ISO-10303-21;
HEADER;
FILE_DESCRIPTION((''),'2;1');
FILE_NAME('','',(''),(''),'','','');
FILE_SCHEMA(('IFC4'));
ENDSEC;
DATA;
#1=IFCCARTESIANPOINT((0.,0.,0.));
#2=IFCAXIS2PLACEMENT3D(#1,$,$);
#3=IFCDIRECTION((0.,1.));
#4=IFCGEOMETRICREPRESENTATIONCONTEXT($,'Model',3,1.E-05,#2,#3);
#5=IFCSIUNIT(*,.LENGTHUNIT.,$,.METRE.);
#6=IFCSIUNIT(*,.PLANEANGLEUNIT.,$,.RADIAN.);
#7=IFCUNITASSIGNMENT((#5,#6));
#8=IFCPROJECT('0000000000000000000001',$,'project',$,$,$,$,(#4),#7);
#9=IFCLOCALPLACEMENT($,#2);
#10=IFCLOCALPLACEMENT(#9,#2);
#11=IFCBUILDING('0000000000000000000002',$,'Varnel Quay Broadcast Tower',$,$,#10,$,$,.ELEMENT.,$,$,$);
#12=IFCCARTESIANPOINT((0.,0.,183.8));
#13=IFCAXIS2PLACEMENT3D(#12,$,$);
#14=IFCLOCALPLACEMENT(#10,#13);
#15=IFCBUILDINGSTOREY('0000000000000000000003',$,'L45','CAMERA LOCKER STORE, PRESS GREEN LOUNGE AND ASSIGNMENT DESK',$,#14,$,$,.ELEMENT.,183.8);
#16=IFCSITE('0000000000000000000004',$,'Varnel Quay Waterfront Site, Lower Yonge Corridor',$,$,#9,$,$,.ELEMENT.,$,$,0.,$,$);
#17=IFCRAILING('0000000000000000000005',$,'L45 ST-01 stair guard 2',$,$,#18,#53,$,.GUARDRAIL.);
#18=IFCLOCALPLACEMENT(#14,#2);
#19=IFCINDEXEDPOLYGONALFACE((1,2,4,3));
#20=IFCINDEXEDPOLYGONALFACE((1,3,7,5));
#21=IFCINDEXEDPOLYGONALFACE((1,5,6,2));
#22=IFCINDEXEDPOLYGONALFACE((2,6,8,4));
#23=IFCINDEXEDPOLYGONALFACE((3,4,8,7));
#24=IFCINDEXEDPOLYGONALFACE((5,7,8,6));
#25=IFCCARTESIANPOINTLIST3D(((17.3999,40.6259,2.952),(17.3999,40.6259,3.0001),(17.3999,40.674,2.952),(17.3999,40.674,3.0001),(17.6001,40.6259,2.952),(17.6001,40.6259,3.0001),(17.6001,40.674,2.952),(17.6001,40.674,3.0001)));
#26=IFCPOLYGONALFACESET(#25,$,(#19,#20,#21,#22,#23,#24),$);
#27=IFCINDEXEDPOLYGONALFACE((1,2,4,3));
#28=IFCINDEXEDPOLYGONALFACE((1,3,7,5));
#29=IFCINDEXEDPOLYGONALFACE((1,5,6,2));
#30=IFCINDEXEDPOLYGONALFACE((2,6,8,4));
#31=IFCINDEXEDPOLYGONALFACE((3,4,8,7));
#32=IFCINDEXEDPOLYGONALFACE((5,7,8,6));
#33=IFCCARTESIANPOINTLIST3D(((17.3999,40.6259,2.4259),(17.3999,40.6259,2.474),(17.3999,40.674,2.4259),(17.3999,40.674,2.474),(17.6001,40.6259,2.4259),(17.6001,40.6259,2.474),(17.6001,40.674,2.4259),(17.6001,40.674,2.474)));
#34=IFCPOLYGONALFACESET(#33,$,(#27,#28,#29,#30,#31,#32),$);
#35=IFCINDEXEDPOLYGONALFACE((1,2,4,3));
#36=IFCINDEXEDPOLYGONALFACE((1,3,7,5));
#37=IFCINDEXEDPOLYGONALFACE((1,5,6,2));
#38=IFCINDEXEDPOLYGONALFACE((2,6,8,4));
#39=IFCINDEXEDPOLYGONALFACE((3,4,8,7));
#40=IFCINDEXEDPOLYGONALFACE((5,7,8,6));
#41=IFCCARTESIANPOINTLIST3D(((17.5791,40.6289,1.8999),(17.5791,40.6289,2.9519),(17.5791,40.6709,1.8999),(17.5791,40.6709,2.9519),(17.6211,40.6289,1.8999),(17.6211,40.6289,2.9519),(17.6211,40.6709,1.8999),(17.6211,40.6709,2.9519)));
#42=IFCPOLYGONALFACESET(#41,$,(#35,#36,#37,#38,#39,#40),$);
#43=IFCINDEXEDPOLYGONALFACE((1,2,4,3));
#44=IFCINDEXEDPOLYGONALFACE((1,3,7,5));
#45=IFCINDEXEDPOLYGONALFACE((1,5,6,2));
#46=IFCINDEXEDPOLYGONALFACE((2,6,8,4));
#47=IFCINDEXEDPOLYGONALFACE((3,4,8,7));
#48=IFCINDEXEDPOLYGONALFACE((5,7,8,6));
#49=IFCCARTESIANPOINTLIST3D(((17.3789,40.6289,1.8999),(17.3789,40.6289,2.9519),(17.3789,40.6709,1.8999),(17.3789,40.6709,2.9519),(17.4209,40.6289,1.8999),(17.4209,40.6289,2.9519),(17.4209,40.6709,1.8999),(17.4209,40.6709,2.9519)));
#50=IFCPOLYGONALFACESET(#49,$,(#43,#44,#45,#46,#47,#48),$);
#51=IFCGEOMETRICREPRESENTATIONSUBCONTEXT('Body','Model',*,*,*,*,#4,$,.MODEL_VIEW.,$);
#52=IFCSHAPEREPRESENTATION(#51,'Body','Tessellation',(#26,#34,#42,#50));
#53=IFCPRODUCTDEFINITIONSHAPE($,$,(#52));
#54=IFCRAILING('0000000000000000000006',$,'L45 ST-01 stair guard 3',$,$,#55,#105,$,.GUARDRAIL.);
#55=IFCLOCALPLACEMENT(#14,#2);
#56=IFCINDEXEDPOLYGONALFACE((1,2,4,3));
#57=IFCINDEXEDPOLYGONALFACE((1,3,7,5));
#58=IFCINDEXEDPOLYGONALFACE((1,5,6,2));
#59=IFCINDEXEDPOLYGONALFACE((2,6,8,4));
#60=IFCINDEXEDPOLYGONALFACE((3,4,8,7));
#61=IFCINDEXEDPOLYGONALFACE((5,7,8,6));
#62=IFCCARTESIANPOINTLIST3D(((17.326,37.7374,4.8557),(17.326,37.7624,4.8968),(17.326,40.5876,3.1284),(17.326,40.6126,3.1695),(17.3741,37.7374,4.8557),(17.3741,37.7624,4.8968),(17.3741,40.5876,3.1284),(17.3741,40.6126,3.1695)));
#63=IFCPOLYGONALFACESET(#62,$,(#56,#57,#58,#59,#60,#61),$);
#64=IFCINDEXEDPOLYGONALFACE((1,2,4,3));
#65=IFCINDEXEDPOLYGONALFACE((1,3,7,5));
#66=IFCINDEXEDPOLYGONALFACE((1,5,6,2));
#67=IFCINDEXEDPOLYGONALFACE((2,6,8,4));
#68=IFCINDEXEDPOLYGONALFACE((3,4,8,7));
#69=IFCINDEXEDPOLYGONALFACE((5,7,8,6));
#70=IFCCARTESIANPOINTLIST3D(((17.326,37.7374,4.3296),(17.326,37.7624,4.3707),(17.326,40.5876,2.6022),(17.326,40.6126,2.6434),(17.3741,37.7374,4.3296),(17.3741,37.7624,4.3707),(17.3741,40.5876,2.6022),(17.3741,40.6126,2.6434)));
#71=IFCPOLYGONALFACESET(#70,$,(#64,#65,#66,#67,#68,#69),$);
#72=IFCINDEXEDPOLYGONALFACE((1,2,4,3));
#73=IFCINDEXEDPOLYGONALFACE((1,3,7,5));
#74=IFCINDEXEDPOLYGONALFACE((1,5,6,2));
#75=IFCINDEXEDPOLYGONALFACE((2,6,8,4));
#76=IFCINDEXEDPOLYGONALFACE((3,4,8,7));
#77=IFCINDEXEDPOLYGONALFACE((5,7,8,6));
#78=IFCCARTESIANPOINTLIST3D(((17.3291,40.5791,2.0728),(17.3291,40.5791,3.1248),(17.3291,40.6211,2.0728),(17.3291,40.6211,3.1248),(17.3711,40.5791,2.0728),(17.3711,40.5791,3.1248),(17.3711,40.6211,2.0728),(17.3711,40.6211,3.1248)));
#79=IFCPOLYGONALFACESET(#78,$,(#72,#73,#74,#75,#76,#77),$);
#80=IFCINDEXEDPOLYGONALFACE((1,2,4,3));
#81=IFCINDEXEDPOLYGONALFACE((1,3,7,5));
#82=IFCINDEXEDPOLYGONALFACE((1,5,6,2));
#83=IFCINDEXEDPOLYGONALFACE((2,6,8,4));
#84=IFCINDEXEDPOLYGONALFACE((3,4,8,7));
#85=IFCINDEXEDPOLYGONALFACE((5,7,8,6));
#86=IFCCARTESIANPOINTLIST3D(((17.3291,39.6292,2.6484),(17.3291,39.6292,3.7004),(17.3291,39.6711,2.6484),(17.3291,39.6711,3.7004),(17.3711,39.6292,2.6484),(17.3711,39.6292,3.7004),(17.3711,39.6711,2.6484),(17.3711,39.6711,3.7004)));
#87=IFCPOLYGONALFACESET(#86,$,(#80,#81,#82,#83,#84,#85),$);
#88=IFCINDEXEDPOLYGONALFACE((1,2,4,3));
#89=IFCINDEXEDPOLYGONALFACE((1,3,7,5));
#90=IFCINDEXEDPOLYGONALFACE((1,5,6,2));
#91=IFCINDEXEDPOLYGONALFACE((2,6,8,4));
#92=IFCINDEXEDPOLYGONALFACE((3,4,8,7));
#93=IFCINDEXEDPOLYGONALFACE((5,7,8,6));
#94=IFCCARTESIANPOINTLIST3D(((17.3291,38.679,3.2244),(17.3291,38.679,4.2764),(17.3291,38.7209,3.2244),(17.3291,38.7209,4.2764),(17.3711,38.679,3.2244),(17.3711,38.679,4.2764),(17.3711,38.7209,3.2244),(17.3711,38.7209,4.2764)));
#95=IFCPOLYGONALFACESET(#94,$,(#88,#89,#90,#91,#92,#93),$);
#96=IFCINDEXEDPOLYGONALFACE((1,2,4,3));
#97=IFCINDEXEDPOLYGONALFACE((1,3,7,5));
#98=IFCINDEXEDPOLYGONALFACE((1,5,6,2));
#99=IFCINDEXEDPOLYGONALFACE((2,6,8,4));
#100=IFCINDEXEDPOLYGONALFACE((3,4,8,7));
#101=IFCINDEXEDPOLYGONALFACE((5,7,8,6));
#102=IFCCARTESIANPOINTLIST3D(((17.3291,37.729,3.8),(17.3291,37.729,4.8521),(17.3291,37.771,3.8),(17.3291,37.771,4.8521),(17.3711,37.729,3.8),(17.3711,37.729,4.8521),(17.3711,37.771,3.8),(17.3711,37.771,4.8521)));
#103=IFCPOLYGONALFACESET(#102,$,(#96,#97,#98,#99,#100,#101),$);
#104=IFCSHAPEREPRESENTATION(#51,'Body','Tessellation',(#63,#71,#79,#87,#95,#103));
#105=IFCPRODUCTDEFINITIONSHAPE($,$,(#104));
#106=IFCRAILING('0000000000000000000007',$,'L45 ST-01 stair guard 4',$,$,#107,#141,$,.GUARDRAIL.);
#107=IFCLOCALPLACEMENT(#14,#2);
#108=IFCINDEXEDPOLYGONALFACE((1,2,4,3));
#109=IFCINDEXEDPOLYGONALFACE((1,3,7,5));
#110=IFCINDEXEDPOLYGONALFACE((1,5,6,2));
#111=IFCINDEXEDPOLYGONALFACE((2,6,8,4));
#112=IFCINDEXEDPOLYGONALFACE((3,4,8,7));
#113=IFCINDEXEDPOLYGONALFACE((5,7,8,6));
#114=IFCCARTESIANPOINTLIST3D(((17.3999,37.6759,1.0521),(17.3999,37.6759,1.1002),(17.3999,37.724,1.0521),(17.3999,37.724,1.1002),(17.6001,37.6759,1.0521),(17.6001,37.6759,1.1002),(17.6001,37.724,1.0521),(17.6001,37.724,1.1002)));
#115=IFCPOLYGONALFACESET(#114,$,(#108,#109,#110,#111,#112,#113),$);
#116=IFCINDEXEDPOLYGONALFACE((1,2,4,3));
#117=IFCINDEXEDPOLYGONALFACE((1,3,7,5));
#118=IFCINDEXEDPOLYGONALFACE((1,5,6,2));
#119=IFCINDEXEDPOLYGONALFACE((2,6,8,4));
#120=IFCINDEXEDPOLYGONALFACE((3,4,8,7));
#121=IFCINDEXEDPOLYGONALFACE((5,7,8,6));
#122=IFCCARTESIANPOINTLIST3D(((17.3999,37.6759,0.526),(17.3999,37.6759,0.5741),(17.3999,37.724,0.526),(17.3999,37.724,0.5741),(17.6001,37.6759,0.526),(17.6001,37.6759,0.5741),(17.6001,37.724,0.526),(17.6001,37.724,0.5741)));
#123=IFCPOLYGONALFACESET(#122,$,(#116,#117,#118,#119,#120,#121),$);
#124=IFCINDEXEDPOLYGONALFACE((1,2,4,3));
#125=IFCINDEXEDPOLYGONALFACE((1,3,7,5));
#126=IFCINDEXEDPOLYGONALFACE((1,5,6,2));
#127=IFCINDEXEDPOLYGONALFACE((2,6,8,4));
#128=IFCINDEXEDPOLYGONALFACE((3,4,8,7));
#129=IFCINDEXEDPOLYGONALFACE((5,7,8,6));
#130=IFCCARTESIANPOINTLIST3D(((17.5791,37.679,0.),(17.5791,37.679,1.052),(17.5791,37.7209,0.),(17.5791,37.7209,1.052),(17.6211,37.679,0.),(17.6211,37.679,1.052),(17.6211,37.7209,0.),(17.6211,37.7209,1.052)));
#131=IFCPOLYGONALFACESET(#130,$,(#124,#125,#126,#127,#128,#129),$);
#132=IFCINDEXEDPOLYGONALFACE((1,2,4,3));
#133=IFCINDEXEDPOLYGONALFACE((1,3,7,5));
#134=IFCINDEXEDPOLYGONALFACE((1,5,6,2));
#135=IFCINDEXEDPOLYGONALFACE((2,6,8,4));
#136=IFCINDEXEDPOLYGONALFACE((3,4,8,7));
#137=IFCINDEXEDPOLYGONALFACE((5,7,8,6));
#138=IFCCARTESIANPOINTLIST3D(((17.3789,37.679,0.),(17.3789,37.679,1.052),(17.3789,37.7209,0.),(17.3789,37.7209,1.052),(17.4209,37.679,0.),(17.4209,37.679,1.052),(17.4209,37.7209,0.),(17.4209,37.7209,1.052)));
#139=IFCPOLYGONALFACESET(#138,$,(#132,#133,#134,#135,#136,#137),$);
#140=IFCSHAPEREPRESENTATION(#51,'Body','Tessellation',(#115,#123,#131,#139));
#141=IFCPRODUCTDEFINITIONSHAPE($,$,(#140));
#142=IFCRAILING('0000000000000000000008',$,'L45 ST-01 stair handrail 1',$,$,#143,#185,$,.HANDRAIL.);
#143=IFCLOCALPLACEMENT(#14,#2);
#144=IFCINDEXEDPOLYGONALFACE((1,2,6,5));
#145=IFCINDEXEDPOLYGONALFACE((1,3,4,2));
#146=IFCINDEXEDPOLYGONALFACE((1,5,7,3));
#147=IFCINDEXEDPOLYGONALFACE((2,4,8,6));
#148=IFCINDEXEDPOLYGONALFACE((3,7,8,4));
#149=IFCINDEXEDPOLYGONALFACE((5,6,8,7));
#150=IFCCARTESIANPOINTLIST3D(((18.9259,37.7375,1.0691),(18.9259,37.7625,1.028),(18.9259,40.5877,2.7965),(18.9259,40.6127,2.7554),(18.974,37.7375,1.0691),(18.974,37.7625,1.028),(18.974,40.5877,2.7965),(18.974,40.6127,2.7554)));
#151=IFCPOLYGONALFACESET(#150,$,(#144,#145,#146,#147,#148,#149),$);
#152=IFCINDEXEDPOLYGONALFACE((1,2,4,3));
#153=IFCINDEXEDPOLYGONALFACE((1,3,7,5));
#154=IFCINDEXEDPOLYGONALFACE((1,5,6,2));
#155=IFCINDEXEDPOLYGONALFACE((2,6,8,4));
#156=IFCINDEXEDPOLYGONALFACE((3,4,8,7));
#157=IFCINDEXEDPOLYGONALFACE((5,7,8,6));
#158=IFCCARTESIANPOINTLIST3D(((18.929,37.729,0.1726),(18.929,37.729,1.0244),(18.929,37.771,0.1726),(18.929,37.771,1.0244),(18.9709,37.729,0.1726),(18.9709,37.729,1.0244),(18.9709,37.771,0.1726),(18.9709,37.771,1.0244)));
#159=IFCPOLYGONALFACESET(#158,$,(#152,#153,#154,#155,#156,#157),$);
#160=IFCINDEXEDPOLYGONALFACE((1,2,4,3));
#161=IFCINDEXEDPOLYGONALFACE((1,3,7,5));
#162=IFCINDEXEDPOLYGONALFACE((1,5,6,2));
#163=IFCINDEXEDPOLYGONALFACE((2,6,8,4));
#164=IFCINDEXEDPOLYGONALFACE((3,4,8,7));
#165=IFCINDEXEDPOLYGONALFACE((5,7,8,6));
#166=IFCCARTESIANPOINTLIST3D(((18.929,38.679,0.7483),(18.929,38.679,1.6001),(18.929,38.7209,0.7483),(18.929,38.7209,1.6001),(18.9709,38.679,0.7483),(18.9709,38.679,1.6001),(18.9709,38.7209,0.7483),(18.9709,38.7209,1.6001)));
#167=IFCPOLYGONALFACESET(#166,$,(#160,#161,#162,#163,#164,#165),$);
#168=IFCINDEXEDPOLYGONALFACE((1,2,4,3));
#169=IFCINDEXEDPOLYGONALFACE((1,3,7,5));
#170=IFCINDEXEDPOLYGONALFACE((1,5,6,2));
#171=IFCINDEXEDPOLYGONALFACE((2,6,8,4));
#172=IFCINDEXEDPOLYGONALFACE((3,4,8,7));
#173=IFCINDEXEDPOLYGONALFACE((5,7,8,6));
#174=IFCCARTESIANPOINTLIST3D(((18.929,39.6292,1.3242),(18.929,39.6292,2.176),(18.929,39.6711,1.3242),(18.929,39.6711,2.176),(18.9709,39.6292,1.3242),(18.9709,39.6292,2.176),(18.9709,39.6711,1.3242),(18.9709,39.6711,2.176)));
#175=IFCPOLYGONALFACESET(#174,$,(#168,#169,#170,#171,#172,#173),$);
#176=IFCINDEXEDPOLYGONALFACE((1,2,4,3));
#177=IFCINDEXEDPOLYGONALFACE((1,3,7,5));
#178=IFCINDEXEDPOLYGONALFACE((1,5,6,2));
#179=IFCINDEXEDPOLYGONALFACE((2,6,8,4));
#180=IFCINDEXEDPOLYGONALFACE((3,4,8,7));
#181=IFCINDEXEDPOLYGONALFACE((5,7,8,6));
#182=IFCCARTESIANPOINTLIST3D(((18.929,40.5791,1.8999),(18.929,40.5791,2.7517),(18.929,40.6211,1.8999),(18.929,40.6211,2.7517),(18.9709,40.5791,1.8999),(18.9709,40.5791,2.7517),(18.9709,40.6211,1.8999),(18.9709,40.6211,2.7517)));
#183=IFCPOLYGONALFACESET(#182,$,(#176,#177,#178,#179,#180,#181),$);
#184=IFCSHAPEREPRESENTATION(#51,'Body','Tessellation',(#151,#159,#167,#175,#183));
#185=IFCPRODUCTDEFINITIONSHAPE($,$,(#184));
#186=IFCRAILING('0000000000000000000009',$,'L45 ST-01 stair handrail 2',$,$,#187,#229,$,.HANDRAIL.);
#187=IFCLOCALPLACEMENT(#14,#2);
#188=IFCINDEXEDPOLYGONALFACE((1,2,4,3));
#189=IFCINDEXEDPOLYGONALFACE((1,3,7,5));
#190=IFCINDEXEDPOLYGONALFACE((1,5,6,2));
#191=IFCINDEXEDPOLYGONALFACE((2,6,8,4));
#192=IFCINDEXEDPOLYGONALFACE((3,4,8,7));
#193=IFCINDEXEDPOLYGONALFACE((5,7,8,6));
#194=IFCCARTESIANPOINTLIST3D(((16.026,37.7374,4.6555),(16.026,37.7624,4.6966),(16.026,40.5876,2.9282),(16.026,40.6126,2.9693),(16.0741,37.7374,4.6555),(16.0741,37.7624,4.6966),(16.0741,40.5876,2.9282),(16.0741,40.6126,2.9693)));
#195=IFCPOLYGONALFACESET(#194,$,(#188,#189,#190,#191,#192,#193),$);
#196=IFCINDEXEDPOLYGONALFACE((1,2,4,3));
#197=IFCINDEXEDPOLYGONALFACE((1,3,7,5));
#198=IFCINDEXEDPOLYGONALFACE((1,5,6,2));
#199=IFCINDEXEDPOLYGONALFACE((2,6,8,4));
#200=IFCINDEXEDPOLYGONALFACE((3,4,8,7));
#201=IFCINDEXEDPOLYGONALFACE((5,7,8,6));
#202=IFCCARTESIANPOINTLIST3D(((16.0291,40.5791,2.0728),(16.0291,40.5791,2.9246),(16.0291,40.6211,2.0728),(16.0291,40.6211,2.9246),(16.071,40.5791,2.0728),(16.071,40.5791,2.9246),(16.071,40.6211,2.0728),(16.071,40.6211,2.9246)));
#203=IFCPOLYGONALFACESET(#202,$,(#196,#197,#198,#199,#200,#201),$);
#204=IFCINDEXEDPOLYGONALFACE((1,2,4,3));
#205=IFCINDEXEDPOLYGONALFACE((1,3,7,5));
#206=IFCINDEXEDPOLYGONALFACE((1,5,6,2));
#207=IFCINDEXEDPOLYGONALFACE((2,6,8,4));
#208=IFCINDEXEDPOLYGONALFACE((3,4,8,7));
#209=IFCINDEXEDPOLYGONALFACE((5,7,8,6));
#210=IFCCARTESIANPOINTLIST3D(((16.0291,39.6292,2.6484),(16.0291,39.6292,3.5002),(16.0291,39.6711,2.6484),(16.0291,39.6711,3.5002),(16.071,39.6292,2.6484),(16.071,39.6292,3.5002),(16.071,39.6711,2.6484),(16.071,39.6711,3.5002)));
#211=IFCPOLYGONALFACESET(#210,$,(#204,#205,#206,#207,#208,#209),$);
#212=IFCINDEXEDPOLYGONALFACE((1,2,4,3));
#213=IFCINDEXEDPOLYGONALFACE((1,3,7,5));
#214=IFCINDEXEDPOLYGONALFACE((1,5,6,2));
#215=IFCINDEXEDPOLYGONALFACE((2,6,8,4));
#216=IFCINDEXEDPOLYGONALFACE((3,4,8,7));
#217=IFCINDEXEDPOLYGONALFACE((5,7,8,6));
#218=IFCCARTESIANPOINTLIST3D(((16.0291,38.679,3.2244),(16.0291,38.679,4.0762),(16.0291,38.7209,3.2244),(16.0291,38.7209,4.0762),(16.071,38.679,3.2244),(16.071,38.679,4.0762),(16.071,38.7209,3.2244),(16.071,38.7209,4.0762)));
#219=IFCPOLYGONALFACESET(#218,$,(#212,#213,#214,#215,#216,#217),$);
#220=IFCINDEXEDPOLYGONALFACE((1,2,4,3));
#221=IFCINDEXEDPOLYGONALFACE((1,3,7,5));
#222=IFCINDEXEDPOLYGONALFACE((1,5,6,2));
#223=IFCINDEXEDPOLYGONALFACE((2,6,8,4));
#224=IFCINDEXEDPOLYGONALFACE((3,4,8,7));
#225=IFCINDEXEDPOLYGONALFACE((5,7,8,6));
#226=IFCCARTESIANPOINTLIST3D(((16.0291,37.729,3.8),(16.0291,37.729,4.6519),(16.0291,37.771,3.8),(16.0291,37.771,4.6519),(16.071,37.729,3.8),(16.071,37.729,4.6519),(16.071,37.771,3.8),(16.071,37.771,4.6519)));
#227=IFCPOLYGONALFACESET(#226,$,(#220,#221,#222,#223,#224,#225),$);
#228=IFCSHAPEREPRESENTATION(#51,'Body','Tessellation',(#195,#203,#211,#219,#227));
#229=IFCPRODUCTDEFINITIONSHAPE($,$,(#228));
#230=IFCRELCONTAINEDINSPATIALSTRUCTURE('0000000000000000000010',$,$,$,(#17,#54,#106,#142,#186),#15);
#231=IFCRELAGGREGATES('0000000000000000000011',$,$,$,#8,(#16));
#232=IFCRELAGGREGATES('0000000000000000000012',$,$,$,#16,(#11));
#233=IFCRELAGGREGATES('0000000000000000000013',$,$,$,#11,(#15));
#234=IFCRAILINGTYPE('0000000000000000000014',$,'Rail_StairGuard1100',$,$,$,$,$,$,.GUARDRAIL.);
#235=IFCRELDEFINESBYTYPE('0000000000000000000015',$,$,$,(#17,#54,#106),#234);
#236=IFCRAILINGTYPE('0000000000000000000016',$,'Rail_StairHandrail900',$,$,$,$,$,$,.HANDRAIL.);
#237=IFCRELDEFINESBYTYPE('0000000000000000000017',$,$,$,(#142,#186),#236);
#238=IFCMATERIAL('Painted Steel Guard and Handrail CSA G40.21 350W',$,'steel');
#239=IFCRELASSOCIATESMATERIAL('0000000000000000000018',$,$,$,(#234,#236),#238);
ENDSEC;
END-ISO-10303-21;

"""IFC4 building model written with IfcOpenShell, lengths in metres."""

from ifc_helpers import new_model, si_unit, direction, frame, origin, origin_2d, place, context, subcontext, project, spatial, rectangle, extrude, material, type_object, element, save


model = new_model("IFC4")

# Units and contexts
model_context = context("Model", 3, precision=1e-05, world=origin(), true_north=direction((0.0, 1.0)))
body_context = subcontext(model_context, "Body", "Model", "MODEL_VIEW")
ifc_project = project(units=[si_unit("LENGTHUNIT", "METRE"), si_unit("PLANEANGLEUNIT", "RADIAN")], contexts=[model_context])

# Site, building, storey
site_placement = place(None, origin())
site = spatial("IfcSite", under=ifc_project, at=site_placement, Name="Varnel Quay Waterfront Site, Lower Yonge Corridor", CompositionType="ELEMENT", RefElevation=0.0)
building_placement = place(site_placement, origin())
building = spatial("IfcBuilding", under=site, at=building_placement, Name="Varnel Quay Broadcast Tower", CompositionType="ELEMENT")
storey_placement = place(building_placement, frame((0.0, 0.0, 183.8)))
storey = spatial("IfcBuildingStorey", under=building, at=storey_placement, Name="L45", Description="CAMERA LOCKER STORE, PRESS GREEN LOUNGE AND ASSIGNMENT DESK", CompositionType="ELEMENT", Elevation=183.8)

# Railings
ifc_material_1 = material(Name="Painted Steel Guard and Handrail CSA G40.21 350W", Category="steel")
railing_type_1 = type_object("IfcRailingType", Name="Rail_StairGuard1100", PredefinedType="GUARDRAIL", material=ifc_material_1)
railing_1_placement = place(storey_placement, frame((17.6001, 40.6499, 1.8999)))
element("IfcRailing", 1, at=railing_1_placement, inside=storey, type_object=railing_type_1, Name="L45 ST-01 stair guard 2", PredefinedType="GUARDRAIL", context=body_context, shape_type="SweptSolid", body=[
    extrude(rectangle(XDim=0.0481, YDim=0.0481, at=origin_2d()), frame((0.0, 0.0, 1.0762), z_axis=(-1.0, 0.0, 0.0), x_axis=(0.0, -1.0, 0.0)), (0.0, 0.0, 1.0), 0.2002),
    extrude(rectangle(XDim=0.0481, YDim=0.0481, at=origin_2d()), frame((0.0, 0.0, 0.55), z_axis=(-1.0, 0.0, 0.0), x_axis=(0.0, -1.0, 0.0)), (0.0, 0.0, 1.0), 0.2002),
    extrude(rectangle(XDim=0.042, YDim=0.042, at=origin_2d()), origin(), (0.0, 0.0, 1.0), 1.052),
    extrude(rectangle(XDim=0.042, YDim=0.042, at=origin_2d()), frame((-0.2002, 0.0, 0.0)), (0.0, 0.0, 1.0), 1.052),
])
railing_2_placement = place(storey_placement, frame((17.3501, 40.6001, 2.0728)))
element("IfcRailing", 2, at=railing_2_placement, inside=storey, type_object=railing_type_1, Name="L45 ST-01 stair guard 3", PredefinedType="GUARDRAIL", context=body_context, shape_type="SweptSolid", body=[
    extrude(rectangle(XDim=0.0481, YDim=0.0481, at=origin_2d()), frame((0.0, 0.0, 1.0762), z_axis=(0.0, -0.855203, 0.518294), x_axis=(1.0, 0.0, 0.0)), (0.0, 0.0, 1.0), 3.3328),
    extrude(rectangle(XDim=0.0481, YDim=0.0481, at=origin_2d()), frame((0.0, 0.0, 0.55), z_axis=(0.0, -0.855203, 0.518294), x_axis=(1.0, 0.0, 0.0)), (0.0, 0.0, 1.0), 3.3328),
    extrude(rectangle(XDim=0.042, YDim=0.042, at=origin_2d()), origin(), (0.0, 0.0, 1.0), 1.052),
    extrude(rectangle(XDim=0.042, YDim=0.042, at=origin_2d()), frame((0.0, -0.95, 0.5757)), (0.0, 0.0, 1.0), 1.052),
    extrude(rectangle(XDim=0.042, YDim=0.042, at=origin_2d()), frame((0.0, -1.9001, 1.1516)), (0.0, 0.0, 1.0), 1.052),
    extrude(rectangle(XDim=0.042, YDim=0.042, at=origin_2d()), frame((0.0, -2.8501, 1.7273)), (0.0, 0.0, 1.0), 1.052),
])
railing_3_placement = place(storey_placement, frame((17.6001, 37.7, 0.0)))
element("IfcRailing", 3, at=railing_3_placement, inside=storey, type_object=railing_type_1, Name="L45 ST-01 stair guard 4", PredefinedType="GUARDRAIL", context=body_context, shape_type="SweptSolid", body=[
    extrude(rectangle(XDim=0.0481, YDim=0.0481, at=origin_2d()), frame((0.0, 0.0, 1.0762), z_axis=(-1.0, 0.0, 0.0), x_axis=(0.0, -1.0, 0.0)), (0.0, 0.0, 1.0), 0.2002),
    extrude(rectangle(XDim=0.0481, YDim=0.0481, at=origin_2d()), frame((0.0, 0.0, 0.55), z_axis=(-1.0, 0.0, 0.0), x_axis=(0.0, -1.0, 0.0)), (0.0, 0.0, 1.0), 0.2002),
    extrude(rectangle(XDim=0.042, YDim=0.042, at=origin_2d()), origin(), (0.0, 0.0, 1.0), 1.052),
    extrude(rectangle(XDim=0.042, YDim=0.042, at=origin_2d()), frame((-0.2002, 0.0, 0.0)), (0.0, 0.0, 1.0), 1.052),
])
railing_type_2 = type_object("IfcRailingType", Name="Rail_StairHandrail900", PredefinedType="HANDRAIL", material=ifc_material_1)
railing_4_placement = place(storey_placement, frame((18.95, 37.75, 0.1726)))
element("IfcRailing", 4, at=railing_4_placement, inside=storey, type_object=railing_type_2, Name="L45 ST-01 stair handrail 1", PredefinedType="HANDRAIL", context=body_context, shape_type="SweptSolid", body=[
    extrude(rectangle(XDim=0.0481, YDim=0.0481, at=origin_2d()), frame((0.0, 0.0, 0.876), z_axis=(0.0, 0.855203, 0.518294), x_axis=(-1.0, 0.0, 0.0)), (0.0, 0.0, 1.0), 3.3328),
    extrude(rectangle(XDim=0.042, YDim=0.042, at=origin_2d()), origin(), (0.0, 0.0, 1.0), 0.8518),
    extrude(rectangle(XDim=0.042, YDim=0.042, at=origin_2d()), frame((0.0, 0.95, 0.5757)), (0.0, 0.0, 1.0), 0.8518),
    extrude(rectangle(XDim=0.042, YDim=0.042, at=origin_2d()), frame((0.0, 1.9001, 1.1516)), (0.0, 0.0, 1.0), 0.8518),
    extrude(rectangle(XDim=0.042, YDim=0.042, at=origin_2d()), frame((0.0, 2.8501, 1.7273)), (0.0, 0.0, 1.0), 0.8518),
])
railing_5_placement = place(storey_placement, frame((16.05, 40.6001, 2.0728)))
element("IfcRailing", 5, at=railing_5_placement, inside=storey, type_object=railing_type_2, Name="L45 ST-01 stair handrail 2", PredefinedType="HANDRAIL", context=body_context, shape_type="SweptSolid", body=[
    extrude(rectangle(XDim=0.0481, YDim=0.0481, at=origin_2d()), frame((0.0, 0.0, 0.876), z_axis=(0.0, -0.855203, 0.518294), x_axis=(1.0, 0.0, 0.0)), (0.0, 0.0, 1.0), 3.3328),
    extrude(rectangle(XDim=0.042, YDim=0.042, at=origin_2d()), origin(), (0.0, 0.0, 1.0), 0.8518),
    extrude(rectangle(XDim=0.042, YDim=0.042, at=origin_2d()), frame((0.0, -0.95, 0.5757)), (0.0, 0.0, 1.0), 0.8518),
    extrude(rectangle(XDim=0.042, YDim=0.042, at=origin_2d()), frame((0.0, -1.9001, 1.1516)), (0.0, 0.0, 1.0), 0.8518),
    extrude(rectangle(XDim=0.042, YDim=0.042, at=origin_2d()), frame((0.0, -2.8501, 1.7273)), (0.0, 0.0, 1.0), 0.8518),
])

save(model, "model.ifc")
